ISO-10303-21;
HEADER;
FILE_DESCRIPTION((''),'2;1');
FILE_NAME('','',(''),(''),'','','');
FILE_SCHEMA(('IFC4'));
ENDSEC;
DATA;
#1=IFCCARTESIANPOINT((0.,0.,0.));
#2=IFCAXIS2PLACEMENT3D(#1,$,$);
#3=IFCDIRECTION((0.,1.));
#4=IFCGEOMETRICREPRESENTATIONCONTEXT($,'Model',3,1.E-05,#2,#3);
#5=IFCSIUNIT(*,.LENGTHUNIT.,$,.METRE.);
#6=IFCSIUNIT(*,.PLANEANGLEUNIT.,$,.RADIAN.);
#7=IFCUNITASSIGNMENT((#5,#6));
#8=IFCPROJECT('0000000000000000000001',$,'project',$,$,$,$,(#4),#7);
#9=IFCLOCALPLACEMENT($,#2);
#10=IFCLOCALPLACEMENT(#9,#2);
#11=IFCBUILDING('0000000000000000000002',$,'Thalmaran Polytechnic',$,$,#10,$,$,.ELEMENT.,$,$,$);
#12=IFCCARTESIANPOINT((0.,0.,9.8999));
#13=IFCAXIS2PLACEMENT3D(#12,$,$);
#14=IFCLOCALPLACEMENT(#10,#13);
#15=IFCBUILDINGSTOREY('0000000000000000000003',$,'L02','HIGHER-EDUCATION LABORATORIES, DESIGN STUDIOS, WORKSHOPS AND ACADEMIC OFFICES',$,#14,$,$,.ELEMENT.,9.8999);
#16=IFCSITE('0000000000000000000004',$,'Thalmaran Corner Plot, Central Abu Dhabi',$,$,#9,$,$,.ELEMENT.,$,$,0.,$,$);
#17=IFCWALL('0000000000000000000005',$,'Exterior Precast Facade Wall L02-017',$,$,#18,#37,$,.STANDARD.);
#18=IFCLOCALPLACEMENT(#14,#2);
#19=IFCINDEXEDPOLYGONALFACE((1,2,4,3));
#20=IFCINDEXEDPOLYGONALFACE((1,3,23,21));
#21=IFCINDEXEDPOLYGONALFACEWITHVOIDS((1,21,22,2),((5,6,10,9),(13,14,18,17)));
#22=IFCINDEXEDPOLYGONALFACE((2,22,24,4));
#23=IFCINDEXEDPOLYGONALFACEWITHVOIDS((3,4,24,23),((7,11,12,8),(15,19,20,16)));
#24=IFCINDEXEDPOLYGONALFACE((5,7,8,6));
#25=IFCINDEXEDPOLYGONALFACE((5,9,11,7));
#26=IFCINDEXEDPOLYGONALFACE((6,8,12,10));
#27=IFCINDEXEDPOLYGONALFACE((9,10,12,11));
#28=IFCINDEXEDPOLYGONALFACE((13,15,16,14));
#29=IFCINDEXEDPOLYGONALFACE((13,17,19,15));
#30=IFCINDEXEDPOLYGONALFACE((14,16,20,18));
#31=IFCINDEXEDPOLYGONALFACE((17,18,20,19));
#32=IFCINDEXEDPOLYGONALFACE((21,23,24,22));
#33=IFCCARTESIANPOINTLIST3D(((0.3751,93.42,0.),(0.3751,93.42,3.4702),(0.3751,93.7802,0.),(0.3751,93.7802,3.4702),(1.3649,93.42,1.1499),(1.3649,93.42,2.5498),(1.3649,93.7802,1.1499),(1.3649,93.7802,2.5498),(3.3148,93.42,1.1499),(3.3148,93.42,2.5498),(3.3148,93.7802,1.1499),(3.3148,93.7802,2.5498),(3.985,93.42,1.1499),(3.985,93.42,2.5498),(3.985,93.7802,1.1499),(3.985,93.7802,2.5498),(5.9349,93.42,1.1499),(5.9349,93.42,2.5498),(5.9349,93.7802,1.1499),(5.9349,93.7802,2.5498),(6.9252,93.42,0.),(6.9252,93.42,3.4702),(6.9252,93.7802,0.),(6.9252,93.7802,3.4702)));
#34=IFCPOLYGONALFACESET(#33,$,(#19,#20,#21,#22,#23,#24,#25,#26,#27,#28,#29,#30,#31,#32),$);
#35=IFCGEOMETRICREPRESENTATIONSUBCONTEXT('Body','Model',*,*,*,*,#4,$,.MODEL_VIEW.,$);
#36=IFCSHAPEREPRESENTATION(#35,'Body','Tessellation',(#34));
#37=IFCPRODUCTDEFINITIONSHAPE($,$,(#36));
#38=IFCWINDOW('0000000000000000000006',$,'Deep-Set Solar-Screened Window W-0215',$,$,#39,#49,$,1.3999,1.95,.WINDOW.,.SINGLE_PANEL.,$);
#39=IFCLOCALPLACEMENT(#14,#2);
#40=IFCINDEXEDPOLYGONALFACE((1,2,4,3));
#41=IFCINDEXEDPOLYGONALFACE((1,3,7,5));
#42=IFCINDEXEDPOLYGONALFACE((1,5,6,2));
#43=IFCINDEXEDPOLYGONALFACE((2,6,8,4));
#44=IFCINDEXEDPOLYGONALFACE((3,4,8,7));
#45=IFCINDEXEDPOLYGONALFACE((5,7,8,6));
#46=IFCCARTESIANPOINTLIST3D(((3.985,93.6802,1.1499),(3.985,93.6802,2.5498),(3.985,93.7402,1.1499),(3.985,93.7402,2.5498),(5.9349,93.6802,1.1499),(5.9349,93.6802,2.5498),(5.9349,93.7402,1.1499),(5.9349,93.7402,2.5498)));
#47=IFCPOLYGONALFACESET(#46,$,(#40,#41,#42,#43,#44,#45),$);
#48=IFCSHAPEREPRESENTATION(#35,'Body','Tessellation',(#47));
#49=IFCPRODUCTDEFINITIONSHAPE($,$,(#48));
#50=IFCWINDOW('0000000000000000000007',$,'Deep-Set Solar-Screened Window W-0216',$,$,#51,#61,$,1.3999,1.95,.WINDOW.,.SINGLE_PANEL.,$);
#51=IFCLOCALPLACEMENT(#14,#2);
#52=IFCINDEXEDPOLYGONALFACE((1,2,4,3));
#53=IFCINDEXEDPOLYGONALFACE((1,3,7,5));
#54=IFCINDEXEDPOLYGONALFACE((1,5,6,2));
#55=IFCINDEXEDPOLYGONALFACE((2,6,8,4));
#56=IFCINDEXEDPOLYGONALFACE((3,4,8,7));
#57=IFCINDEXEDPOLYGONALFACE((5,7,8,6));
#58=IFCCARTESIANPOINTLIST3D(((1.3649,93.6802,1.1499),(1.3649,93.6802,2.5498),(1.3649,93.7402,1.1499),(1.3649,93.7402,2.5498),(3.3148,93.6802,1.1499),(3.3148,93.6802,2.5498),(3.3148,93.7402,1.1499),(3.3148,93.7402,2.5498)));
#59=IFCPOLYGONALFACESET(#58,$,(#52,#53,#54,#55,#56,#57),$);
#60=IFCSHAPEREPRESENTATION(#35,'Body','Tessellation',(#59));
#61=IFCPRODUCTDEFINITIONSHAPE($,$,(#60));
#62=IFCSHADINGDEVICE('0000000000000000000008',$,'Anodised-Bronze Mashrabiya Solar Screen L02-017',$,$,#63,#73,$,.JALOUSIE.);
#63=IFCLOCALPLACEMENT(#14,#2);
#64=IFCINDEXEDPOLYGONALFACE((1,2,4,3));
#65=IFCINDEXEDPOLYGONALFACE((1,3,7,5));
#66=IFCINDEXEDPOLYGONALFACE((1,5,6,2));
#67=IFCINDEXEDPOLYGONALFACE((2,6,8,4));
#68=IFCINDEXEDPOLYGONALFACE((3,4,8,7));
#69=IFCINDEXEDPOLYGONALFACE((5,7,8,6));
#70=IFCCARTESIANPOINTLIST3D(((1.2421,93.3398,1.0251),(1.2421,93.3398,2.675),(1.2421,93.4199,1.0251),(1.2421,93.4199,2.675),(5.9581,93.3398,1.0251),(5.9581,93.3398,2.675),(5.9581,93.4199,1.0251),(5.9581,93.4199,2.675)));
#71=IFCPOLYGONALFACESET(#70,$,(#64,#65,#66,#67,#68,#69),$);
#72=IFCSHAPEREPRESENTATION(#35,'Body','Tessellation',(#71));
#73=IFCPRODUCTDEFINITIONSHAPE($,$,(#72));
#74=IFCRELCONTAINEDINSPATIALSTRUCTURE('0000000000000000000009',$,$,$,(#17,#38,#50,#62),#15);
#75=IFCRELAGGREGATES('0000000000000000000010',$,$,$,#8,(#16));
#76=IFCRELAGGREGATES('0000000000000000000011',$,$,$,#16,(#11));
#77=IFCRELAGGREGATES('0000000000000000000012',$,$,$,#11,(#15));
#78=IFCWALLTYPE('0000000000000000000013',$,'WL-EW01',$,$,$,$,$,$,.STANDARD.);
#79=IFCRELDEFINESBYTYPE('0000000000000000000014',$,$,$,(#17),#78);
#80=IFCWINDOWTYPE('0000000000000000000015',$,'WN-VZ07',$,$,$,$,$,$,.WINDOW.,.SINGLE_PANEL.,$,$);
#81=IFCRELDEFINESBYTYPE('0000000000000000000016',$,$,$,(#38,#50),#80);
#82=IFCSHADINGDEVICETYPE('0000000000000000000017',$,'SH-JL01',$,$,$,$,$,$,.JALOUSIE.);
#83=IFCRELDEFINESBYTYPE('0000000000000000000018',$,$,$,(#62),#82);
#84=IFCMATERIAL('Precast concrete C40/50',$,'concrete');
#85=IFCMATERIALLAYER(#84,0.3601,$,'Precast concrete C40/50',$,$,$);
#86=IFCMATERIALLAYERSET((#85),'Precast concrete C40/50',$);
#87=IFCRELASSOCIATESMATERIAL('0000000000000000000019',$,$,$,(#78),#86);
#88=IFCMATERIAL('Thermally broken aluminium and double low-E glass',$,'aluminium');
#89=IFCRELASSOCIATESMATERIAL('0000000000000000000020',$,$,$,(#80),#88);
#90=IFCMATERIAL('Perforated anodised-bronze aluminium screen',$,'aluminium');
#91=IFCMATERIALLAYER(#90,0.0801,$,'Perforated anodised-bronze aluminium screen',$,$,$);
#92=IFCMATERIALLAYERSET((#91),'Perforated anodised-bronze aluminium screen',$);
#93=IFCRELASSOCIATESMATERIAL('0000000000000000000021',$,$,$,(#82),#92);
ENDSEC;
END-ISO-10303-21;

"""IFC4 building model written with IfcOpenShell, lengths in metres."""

from ifc_helpers import new_model, si_unit, direction, frame, frame_2d, origin, origin_2d, place, context, subcontext, project, spatial, rectangle, extrude, material, layer, layer_set, type_object, element, fill, save


model = new_model("IFC4")

# Units and contexts
model_context = context("Model", 3, precision=1e-05, world=origin(), true_north=direction((0.0, 1.0)))
body_context = subcontext(model_context, "Body", "Model", "MODEL_VIEW")
ifc_project = project(units=[si_unit("LENGTHUNIT", "METRE"), si_unit("PLANEANGLEUNIT", "RADIAN")], contexts=[model_context])

# Site, building, storey
site_placement = place(None, origin())
site = spatial("IfcSite", under=ifc_project, at=site_placement, Name="Thalmaran Corner Plot, Central Abu Dhabi", CompositionType="ELEMENT", RefElevation=0.0)
building_placement = place(site_placement, origin())
building = spatial("IfcBuilding", under=site, at=building_placement, Name="Thalmaran Polytechnic", CompositionType="ELEMENT")
storey_placement = place(building_placement, frame((0.0, 0.0, 9.8999)))
storey = spatial("IfcBuildingStorey", under=building, at=storey_placement, Name="L02", Description="HIGHER-EDUCATION LABORATORIES, DESIGN STUDIOS, WORKSHOPS AND ACADEMIC OFFICES", CompositionType="ELEMENT", Elevation=9.8999)

# Wall, openings, windows
ifc_material_1 = material(Name="Precast concrete C40/50", Category="concrete")
ifc_layer_1 = layer(ifc_material_1, 0.3601, Name="Precast concrete C40/50")
ifc_layer_set_1 = layer_set([ifc_layer_1], Name="Precast concrete C40/50")
wall_type = type_object("IfcWallType", Name="WL-EW01", PredefinedType="STANDARD", material=ifc_layer_set_1)
wall_placement = place(storey_placement, frame((6.925, 93.6001, 0.0), z_axis=(0.0, 0.0, 1.0), x_axis=(-1.0, 0.0, 0.0)))
wall = element("IfcWall", 1, at=wall_placement, inside=storey, type_object=wall_type, Name="Exterior Precast Facade Wall L02-017", PredefinedType="STANDARD", context=body_context, shape_type="SweptSolid", body=[
    extrude(rectangle(XDim=6.55, YDim=0.3601, at=frame_2d((3.2749, 0.0))), origin(), (0.0, 0.0, 1.0), 3.4702),
])
opening_1_placement = place(wall_placement, frame((0.99, 0.0, 1.1499)))
opening_1 = element("IfcOpeningElement", 2, at=opening_1_placement, cuts=wall, PredefinedType="OPENING", context=body_context, shape_type="SweptSolid", body=[
    extrude(rectangle(XDim=1.95, YDim=1.3999, at=frame_2d((0.9751, 0.7))), frame((0.0, 0.1899, 0.0), z_axis=(0.0, -1.0, 0.0), x_axis=(1.0, 0.0, 0.0)), (0.0, 0.0, 1.0), 0.3801),
])
opening_2_placement = place(wall_placement, frame((3.6101, 0.0, 1.1499)))
opening_2 = element("IfcOpeningElement", 3, at=opening_2_placement, cuts=wall, PredefinedType="OPENING", context=body_context, shape_type="SweptSolid", body=[
    extrude(rectangle(XDim=1.95, YDim=1.3999, at=frame_2d((0.9751, 0.7))), frame((0.0, 0.1899, 0.0), z_axis=(0.0, -1.0, 0.0), x_axis=(1.0, 0.0, 0.0)), (0.0, 0.0, 1.0), 0.3801),
])
ifc_material_2 = material(Name="Thermally broken aluminium and double low-E glass", Category="aluminium")
window_type = type_object("IfcWindowType", Name="WN-VZ07", PartitioningType="SINGLE_PANEL", PredefinedType="WINDOW", material=ifc_material_2)
window_1_placement = place(opening_1_placement, origin())
window_1 = element("IfcWindow", 4, at=window_1_placement, inside=storey, type_object=window_type, Name="Deep-Set Solar-Screened Window W-0215", OverallHeight=1.3999, OverallWidth=1.95, PartitioningType="SINGLE_PANEL", PredefinedType="WINDOW", context=body_context, shape_type="SweptSolid", body=[
    extrude(rectangle(XDim=1.95, YDim=1.3999, at=frame_2d((0.9751, 0.7))), frame((0.0, -0.0801, 0.0), z_axis=(0.0, -1.0, 0.0), x_axis=(1.0, 0.0, 0.0)), (0.0, 0.0, 1.0), 0.0601),
])
fill(opening_1, window_1)
window_2_placement = place(opening_2_placement, origin())
window_2 = element("IfcWindow", 5, at=window_2_placement, inside=storey, type_object=window_type, Name="Deep-Set Solar-Screened Window W-0216", OverallHeight=1.3999, OverallWidth=1.95, PartitioningType="SINGLE_PANEL", PredefinedType="WINDOW", context=body_context, shape_type="SweptSolid", body=[
    extrude(rectangle(XDim=1.95, YDim=1.3999, at=frame_2d((0.9751, 0.7))), frame((0.0, -0.0801, 0.0), z_axis=(0.0, -1.0, 0.0), x_axis=(1.0, 0.0, 0.0)), (0.0, 0.0, 1.0), 0.0601),
])
fill(opening_2, window_2)

# Shading device
ifc_material_3 = material(Name="Perforated anodised-bronze aluminium screen", Category="aluminium")
ifc_layer_2 = layer(ifc_material_3, 0.0801, Name="Perforated anodised-bronze aluminium screen")
ifc_layer_set_2 = layer_set([ifc_layer_2], Name="Perforated anodised-bronze aluminium screen")
shading_device_type = type_object("IfcShadingDeviceType", Name="SH-JL01", PredefinedType="JALOUSIE", material=ifc_layer_set_2)
shading_device_placement = place(storey_placement, frame((3.6001, 93.3799, 1.0251), z_axis=(0.0, 0.0, 1.0), x_axis=(-1.0, 0.0, 0.0)))
element("IfcShadingDevice", 6, at=shading_device_placement, inside=storey, type_object=shading_device_type, Name="Anodised-Bronze Mashrabiya Solar Screen L02-017", PredefinedType="JALOUSIE", context=body_context, shape_type="SweptSolid", body=[
    extrude(rectangle(XDim=4.7161, YDim=0.0801, at=origin_2d()), origin(), (0.0, 0.0, 1.0), 1.6499),
])

save(model, "model.ifc")
